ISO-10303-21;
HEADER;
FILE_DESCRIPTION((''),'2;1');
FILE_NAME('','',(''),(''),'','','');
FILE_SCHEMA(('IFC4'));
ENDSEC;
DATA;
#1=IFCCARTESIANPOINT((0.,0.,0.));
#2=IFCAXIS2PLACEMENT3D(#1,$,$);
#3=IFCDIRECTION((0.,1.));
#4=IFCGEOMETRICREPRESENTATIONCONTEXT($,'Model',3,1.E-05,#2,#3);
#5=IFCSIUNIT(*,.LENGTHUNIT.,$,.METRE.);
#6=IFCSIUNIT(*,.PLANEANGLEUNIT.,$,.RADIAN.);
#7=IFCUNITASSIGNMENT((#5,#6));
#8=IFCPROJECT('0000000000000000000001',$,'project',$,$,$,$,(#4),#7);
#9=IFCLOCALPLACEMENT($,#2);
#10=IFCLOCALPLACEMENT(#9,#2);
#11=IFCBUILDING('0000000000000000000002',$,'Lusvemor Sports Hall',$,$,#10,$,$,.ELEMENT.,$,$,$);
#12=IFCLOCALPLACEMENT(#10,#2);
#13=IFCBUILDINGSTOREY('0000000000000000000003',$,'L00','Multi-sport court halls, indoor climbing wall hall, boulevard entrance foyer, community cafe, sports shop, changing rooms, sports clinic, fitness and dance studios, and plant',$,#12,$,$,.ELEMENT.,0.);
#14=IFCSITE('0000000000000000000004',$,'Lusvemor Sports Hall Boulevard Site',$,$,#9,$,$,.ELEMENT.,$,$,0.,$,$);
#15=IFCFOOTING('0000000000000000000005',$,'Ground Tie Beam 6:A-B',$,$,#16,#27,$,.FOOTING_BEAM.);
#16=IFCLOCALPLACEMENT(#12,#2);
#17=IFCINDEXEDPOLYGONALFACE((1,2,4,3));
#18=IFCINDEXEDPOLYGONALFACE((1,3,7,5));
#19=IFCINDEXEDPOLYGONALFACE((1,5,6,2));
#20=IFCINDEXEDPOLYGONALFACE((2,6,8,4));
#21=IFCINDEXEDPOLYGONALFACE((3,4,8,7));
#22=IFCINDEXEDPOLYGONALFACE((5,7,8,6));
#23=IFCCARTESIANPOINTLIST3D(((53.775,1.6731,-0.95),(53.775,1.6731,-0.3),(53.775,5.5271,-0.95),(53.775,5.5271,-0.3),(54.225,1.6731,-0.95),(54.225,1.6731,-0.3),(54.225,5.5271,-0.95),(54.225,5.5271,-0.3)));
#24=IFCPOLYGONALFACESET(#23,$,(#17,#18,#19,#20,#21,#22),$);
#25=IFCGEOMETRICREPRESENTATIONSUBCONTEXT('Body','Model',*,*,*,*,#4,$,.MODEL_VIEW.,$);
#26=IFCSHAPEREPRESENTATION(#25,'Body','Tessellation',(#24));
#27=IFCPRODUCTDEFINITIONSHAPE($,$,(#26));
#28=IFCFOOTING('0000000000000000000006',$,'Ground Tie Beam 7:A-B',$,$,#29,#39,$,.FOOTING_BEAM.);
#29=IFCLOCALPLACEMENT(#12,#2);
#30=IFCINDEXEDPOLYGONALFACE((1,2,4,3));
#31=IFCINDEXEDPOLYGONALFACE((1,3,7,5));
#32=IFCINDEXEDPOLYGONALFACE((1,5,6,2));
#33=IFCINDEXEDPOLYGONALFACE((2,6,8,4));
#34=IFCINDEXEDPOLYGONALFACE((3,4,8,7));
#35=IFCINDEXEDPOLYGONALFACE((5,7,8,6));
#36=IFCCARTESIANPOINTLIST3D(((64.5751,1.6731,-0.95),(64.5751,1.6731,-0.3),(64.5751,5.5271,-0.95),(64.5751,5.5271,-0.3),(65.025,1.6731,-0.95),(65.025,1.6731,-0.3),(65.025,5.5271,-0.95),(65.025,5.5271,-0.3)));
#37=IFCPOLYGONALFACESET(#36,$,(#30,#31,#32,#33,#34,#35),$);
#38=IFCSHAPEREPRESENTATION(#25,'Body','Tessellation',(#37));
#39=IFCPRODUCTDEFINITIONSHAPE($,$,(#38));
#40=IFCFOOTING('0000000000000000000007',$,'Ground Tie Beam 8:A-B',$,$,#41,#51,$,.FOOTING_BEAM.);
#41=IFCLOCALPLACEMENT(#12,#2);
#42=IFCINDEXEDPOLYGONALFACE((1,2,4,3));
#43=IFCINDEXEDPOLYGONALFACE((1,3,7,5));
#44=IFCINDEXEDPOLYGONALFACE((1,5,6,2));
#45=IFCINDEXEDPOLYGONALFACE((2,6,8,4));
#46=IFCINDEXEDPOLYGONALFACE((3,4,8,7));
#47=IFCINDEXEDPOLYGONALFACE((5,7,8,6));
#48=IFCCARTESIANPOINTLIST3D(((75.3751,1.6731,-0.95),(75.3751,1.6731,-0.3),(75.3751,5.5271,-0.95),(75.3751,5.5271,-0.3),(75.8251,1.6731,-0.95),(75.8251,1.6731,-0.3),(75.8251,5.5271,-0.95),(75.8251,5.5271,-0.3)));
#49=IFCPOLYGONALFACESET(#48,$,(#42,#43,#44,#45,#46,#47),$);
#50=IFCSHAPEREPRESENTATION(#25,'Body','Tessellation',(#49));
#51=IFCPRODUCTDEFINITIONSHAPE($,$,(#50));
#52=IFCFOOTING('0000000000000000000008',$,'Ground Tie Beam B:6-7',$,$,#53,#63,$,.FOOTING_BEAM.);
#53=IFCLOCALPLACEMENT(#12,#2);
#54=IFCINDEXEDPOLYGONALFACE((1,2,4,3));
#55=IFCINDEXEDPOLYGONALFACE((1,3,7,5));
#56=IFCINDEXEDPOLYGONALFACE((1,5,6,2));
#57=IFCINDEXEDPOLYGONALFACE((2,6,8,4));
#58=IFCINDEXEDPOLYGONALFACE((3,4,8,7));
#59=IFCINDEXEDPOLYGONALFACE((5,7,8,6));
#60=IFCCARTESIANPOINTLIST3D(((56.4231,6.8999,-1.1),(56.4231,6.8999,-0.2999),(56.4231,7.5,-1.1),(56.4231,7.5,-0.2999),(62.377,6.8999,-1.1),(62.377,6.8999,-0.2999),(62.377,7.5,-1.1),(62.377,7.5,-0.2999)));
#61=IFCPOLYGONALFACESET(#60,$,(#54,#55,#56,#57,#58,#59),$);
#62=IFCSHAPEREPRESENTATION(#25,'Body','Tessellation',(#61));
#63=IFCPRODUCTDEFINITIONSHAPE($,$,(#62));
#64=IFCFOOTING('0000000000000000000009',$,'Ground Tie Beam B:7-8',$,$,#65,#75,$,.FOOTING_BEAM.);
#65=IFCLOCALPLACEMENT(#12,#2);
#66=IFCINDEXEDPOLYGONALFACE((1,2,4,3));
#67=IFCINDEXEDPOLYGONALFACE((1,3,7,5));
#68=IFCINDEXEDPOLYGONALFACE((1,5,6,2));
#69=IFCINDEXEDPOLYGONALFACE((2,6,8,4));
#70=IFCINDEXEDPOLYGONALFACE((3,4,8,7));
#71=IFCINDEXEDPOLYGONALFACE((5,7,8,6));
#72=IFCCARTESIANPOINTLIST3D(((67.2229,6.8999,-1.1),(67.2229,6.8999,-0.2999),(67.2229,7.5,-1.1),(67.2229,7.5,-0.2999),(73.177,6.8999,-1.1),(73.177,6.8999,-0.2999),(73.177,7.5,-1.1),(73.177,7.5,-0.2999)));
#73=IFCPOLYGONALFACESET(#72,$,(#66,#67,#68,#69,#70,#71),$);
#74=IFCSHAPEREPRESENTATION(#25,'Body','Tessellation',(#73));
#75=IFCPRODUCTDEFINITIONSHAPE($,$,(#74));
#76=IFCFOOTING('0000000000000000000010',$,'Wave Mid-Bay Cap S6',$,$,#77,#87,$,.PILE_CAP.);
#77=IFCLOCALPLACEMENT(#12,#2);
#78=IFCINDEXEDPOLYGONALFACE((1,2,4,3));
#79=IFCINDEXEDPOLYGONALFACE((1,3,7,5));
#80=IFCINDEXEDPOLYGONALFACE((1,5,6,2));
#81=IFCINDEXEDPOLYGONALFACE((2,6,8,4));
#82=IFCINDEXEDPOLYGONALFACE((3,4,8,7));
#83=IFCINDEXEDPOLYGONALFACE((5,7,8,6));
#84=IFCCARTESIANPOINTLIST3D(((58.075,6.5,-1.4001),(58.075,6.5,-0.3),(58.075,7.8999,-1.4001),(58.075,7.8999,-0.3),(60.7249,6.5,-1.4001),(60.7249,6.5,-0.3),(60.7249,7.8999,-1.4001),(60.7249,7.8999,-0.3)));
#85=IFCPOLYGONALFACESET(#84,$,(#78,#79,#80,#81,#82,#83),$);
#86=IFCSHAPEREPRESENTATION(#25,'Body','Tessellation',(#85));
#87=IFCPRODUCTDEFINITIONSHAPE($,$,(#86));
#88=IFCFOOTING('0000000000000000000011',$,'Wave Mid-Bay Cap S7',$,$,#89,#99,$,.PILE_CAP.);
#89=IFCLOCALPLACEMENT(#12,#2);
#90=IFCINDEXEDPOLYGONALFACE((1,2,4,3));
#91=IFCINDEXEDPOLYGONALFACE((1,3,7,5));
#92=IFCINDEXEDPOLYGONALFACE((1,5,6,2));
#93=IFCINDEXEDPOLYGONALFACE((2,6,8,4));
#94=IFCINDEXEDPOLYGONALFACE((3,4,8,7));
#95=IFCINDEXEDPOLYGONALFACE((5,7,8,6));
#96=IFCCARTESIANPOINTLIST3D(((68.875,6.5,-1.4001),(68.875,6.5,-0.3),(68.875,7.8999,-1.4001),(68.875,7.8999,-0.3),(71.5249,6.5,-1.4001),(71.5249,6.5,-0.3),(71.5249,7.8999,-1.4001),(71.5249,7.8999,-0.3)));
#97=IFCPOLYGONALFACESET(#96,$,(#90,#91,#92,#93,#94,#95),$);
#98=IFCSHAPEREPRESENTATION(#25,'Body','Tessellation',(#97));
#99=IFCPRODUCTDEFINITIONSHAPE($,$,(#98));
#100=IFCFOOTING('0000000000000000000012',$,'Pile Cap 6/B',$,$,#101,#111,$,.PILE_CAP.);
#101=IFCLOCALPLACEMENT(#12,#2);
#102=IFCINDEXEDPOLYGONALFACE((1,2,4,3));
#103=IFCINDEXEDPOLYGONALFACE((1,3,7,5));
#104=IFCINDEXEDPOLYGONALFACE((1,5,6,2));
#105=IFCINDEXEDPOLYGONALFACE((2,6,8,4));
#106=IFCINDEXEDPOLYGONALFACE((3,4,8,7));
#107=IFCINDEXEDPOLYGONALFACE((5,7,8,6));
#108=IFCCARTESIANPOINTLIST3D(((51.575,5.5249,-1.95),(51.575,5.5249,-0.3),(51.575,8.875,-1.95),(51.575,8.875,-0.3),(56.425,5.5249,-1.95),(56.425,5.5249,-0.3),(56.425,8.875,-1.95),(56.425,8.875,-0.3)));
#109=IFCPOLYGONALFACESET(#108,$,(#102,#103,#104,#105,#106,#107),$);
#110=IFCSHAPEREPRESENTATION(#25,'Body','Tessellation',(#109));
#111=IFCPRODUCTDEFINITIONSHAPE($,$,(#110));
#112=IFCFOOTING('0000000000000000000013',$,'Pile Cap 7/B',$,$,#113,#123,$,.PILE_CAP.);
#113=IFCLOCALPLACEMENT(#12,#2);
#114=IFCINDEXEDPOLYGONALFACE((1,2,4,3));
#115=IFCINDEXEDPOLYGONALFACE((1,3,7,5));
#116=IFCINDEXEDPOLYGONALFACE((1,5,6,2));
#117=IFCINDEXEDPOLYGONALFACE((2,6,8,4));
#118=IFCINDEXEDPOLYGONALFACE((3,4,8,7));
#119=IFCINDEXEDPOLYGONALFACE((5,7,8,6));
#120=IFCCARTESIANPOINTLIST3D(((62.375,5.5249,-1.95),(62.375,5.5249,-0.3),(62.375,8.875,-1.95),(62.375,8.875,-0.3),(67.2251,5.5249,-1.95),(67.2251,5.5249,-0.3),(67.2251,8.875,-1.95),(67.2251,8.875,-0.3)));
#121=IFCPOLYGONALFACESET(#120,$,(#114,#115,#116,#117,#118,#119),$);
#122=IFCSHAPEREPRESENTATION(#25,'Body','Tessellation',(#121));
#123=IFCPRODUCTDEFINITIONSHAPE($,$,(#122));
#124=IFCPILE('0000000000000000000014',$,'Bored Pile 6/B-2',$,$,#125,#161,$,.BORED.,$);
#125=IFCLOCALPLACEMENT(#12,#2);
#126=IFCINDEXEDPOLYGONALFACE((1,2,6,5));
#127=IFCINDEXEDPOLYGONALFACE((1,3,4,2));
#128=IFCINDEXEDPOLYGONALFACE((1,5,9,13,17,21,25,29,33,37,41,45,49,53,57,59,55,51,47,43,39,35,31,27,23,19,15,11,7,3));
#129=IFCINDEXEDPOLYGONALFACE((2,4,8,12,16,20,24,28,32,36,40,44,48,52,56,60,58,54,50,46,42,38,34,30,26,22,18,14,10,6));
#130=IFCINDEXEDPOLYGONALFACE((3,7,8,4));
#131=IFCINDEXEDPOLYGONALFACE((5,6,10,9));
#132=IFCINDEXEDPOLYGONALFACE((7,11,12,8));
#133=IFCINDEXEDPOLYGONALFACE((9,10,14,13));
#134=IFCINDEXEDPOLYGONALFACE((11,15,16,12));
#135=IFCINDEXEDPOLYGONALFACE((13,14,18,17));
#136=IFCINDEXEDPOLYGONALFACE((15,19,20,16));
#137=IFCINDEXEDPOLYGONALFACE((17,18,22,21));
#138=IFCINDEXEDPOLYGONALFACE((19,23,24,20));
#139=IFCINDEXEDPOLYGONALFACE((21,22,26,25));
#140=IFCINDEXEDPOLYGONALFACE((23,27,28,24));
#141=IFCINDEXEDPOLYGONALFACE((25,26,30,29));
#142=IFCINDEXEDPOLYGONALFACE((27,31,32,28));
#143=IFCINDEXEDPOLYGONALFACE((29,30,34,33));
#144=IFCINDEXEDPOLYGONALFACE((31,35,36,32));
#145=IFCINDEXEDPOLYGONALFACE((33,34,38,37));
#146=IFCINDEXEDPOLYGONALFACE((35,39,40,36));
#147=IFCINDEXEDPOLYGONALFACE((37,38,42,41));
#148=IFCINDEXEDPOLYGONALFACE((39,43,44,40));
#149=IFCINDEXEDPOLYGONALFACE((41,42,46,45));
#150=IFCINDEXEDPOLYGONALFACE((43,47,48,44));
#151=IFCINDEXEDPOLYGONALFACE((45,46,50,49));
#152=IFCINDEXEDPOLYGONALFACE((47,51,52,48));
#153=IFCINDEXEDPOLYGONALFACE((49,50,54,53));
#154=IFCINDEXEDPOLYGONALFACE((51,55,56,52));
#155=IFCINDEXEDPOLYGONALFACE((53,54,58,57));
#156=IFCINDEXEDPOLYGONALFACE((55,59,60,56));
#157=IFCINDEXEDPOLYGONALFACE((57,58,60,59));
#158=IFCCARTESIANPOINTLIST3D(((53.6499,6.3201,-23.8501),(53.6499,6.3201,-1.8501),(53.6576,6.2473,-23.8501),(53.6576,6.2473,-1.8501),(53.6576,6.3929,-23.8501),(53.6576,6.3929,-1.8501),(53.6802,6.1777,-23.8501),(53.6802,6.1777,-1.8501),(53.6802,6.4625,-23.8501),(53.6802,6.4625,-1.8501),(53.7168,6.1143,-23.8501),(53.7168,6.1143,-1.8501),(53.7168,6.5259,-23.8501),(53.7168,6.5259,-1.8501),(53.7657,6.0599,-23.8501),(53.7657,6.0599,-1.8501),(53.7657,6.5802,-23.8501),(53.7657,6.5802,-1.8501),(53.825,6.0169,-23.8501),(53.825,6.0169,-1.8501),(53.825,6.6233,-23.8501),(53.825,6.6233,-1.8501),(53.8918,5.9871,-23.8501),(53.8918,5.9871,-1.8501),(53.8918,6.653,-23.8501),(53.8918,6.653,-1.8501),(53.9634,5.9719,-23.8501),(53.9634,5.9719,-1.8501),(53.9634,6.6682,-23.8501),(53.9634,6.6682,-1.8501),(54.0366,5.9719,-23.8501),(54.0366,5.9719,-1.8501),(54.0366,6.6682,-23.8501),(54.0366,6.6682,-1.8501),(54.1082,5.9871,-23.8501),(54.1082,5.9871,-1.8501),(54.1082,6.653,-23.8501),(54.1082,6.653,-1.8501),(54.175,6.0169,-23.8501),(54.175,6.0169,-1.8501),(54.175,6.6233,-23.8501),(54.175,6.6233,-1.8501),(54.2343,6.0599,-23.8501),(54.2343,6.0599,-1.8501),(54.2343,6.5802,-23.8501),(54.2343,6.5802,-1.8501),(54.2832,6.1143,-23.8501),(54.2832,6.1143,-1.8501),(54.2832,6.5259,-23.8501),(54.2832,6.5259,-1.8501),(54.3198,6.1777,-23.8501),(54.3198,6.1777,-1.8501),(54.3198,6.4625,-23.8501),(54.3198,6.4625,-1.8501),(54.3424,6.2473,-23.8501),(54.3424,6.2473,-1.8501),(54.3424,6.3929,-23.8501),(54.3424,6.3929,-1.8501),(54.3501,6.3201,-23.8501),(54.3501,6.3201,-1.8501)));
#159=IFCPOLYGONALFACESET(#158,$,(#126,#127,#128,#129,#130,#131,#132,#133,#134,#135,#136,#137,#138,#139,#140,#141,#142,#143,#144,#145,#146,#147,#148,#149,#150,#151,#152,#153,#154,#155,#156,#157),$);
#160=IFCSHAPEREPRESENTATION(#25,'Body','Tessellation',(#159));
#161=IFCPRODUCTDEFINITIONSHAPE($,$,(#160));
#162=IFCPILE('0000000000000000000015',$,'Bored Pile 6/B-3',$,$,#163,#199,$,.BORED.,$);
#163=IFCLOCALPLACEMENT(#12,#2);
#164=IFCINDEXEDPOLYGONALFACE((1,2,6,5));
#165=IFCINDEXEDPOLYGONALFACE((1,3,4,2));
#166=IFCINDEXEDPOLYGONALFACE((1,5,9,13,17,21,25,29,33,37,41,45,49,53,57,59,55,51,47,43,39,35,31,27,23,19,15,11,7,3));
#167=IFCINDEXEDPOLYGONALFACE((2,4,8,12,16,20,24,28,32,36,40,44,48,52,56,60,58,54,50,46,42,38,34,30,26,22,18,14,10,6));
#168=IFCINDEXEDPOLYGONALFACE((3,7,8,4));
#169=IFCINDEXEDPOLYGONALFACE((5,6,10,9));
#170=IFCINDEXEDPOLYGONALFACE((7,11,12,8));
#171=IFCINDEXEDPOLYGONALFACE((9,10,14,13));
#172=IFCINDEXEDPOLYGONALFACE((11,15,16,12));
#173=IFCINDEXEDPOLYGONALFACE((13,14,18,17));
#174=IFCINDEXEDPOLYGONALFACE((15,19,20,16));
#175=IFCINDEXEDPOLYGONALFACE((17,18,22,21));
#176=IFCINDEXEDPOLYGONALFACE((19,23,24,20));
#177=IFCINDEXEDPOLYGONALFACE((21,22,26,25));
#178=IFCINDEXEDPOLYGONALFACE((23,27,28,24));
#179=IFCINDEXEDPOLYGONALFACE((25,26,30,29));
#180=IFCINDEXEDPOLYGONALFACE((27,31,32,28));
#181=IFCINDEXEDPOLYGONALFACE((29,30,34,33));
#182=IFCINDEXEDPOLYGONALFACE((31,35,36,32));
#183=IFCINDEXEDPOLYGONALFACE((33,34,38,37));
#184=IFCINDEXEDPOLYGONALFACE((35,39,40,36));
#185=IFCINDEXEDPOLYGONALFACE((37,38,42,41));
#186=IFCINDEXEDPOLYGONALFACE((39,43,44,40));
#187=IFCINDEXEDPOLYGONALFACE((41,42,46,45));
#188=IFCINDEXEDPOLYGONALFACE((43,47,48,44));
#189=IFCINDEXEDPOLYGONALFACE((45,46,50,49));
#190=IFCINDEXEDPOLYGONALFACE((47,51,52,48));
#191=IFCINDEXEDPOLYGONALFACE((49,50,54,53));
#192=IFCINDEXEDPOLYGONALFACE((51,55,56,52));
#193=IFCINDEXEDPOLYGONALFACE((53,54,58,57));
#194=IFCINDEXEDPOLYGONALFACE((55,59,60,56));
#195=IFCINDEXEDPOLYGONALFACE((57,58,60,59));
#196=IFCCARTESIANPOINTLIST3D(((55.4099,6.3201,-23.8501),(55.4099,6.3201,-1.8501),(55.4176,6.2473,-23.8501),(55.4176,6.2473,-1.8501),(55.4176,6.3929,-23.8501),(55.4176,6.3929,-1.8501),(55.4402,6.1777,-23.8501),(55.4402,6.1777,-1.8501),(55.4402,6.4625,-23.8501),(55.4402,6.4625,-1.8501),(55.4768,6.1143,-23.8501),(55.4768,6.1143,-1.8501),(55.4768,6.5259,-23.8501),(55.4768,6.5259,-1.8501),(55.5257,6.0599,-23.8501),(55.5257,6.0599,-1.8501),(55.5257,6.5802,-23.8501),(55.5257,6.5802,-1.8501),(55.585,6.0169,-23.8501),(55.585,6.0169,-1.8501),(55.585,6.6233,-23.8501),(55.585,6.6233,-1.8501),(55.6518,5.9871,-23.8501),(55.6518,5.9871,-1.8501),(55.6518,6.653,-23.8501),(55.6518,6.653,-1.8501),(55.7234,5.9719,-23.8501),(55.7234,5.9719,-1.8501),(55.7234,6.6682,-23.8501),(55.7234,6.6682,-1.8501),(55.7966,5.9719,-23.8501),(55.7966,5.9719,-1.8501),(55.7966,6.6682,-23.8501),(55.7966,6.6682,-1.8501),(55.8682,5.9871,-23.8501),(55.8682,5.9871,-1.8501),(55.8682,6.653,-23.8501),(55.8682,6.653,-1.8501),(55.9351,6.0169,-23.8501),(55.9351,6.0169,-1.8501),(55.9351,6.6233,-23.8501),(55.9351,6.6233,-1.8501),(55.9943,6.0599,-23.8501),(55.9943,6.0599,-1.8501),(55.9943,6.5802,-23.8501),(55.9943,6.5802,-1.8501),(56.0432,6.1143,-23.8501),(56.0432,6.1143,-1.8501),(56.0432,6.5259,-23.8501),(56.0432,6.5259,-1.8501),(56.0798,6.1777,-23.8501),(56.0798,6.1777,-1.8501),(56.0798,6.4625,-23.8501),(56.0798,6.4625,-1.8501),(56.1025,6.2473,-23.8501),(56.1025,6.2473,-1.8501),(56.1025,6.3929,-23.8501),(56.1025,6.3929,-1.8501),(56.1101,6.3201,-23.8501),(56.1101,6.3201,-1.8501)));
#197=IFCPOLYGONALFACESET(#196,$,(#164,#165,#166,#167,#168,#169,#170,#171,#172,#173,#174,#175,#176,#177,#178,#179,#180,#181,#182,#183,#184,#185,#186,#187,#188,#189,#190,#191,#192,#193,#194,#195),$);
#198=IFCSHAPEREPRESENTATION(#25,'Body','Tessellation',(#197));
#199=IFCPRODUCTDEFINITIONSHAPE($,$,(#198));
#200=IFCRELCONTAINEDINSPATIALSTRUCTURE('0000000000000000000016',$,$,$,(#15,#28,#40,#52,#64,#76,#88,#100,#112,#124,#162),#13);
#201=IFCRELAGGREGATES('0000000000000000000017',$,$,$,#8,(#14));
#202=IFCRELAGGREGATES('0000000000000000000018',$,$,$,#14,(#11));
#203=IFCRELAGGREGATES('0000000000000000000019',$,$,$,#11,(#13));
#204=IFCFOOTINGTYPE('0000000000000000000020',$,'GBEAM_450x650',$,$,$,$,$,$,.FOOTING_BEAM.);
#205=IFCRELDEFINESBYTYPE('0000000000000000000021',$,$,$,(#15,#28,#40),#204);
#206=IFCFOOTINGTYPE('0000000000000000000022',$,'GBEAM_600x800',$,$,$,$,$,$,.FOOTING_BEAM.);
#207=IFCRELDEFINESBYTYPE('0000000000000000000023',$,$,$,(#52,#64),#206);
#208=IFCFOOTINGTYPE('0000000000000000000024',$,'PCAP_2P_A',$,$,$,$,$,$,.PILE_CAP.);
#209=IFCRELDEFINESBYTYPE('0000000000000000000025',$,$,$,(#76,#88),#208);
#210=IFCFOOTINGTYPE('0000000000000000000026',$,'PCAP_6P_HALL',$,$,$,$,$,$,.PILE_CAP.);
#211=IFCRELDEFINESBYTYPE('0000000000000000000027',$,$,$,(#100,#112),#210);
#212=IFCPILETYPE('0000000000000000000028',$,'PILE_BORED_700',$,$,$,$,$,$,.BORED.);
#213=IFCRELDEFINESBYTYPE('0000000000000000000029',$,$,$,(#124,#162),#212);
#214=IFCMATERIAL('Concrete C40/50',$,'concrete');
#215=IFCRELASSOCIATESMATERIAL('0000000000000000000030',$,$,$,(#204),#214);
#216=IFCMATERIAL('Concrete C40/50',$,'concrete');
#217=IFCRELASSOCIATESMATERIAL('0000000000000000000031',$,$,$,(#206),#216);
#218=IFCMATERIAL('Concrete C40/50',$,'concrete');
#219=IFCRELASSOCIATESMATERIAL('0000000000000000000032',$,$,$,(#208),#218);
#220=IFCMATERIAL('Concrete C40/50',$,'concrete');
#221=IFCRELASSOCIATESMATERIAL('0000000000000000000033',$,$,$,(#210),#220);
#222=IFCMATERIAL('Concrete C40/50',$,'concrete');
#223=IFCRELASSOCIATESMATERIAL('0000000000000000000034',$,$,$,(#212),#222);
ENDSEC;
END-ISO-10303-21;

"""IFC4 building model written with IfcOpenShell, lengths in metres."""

from ifc_helpers import new_model, si_unit, direction, frame, origin, origin_2d, place, context, subcontext, project, spatial, rectangle, circle, extrude, material, material_profile, profile_set, type_object, element, save


model = new_model("IFC4")

# Units and contexts
model_context = context("Model", 3, precision=1e-05, world=origin(), true_north=direction((0.0, 1.0)))
body_context = subcontext(model_context, "Body", "Model", "MODEL_VIEW")
ifc_project = project(units=[si_unit("LENGTHUNIT", "METRE"), si_unit("PLANEANGLEUNIT", "RADIAN")], contexts=[model_context])

# Site, building, storey
site_placement = place(None, origin())
site = spatial("IfcSite", under=ifc_project, at=site_placement, Name="Lusvemor Sports Hall Boulevard Site", CompositionType="ELEMENT", RefElevation=0.0)
building_placement = place(site_placement, origin())
building = spatial("IfcBuilding", under=site, at=building_placement, Name="Lusvemor Sports Hall", CompositionType="ELEMENT")
storey_placement = place(building_placement, origin())
storey = spatial("IfcBuildingStorey", under=building, at=storey_placement, Name="L00", Description="Multi-sport court halls, indoor climbing wall hall, boulevard entrance foyer, community cafe, sports shop, changing rooms, sports clinic, fitness and dance studios, and plant", CompositionType="ELEMENT", Elevation=0.0)

# Footings
ifc_material_1 = material(Name="Concrete C40/50", Category="concrete")
ifc_material_profile_1 = material_profile(ifc_material_1, rectangle(XDim=0.45, YDim=0.6499, at=origin_2d()), Name="GB_450x650")
ifc_profile_set_1 = profile_set([ifc_material_profile_1], Name="Concrete C40/50")
footing_type_1 = type_object("IfcFootingType", Name="GBEAM_450x650", PredefinedType="FOOTING_BEAM", material=ifc_profile_set_1)
for number, where, z_axis, x_axis, name in (
    (1, (54.0, 1.6731, -0.625), (0.0, 1.0, 0.0), (-1.0, 0.0, 0.0), "Ground Tie Beam 6:A-B"),
    (2, (64.8, 1.6731, -0.625), (0.0, 1.0, 0.0), (-1.0, 0.0, 0.0), "Ground Tie Beam 7:A-B"),
    (3, (75.6001, 1.6731, -0.625), (0.0, 1.0, 0.0), (-1.0, 0.0, 0.0), "Ground Tie Beam 8:A-B"),
):
    element("IfcFooting", number, at=place(storey_placement, frame(where, z_axis=z_axis, x_axis=x_axis)), inside=storey, type_object=footing_type_1, Name=name, PredefinedType="FOOTING_BEAM", context=body_context, shape_type="SweptSolid", body=[
        extrude(rectangle(XDim=0.45, YDim=0.6499, at=origin_2d()), origin(), (0.0, 0.0, 1.0), 3.854),
    ])
ifc_material_2 = material(Name="Concrete C40/50", Category="concrete")
ifc_material_profile_2 = material_profile(ifc_material_2, rectangle(XDim=0.6001, YDim=0.8, at=origin_2d()), Name="GB_600x800")
ifc_profile_set_2 = profile_set([ifc_material_profile_2], Name="Concrete C40/50")
footing_type_2 = type_object("IfcFootingType", Name="GBEAM_600x800", PredefinedType="FOOTING_BEAM", material=ifc_profile_set_2)
footing_1_placement = place(storey_placement, frame((56.4231, 7.2, -0.7), z_axis=(1.0, 0.0, 0.0), x_axis=(0.0, 1.0, 0.0)))
element("IfcFooting", 4, at=footing_1_placement, inside=storey, type_object=footing_type_2, Name="Ground Tie Beam B:6-7", PredefinedType="FOOTING_BEAM", context=body_context, shape_type="SweptSolid", body=[
    extrude(rectangle(XDim=0.6001, YDim=0.8, at=origin_2d()), origin(), (0.0, 0.0, 1.0), 5.9539),
])
footing_2_placement = place(storey_placement, frame((67.2229, 7.2, -0.7), z_axis=(1.0, 0.0, 0.0), x_axis=(0.0, 1.0, 0.0)))
element("IfcFooting", 5, at=footing_2_placement, inside=storey, type_object=footing_type_2, Name="Ground Tie Beam B:7-8", PredefinedType="FOOTING_BEAM", context=body_context, shape_type="SweptSolid", body=[
    extrude(rectangle(XDim=0.6001, YDim=0.8, at=origin_2d()), origin(), (0.0, 0.0, 1.0), 5.9541),
])
ifc_material_3 = material(Name="Concrete C40/50", Category="concrete")
footing_type_3 = type_object("IfcFootingType", Name="PCAP_2P_A", PredefinedType="PILE_CAP", material=ifc_material_3)
for number, where, z_axis, x_axis, name in (
    (6, (59.3999, 7.2, -1.4001), (0.0, 0.0, 1.0), (1.0, 0.0, 0.0), "Wave Mid-Bay Cap S6"),
    (7, (70.2, 7.2, -1.4001), (0.0, 0.0, 1.0), (1.0, 0.0, 0.0), "Wave Mid-Bay Cap S7"),
):
    element("IfcFooting", number, at=place(storey_placement, frame(where, z_axis=z_axis, x_axis=x_axis)), inside=storey, type_object=footing_type_3, Name=name, PredefinedType="PILE_CAP", context=body_context, shape_type="SweptSolid", body=[
        extrude(rectangle(XDim=2.6499, YDim=1.3999, at=origin_2d()), origin(), (0.0, 0.0, 1.0), 1.1001),
    ])
ifc_material_4 = material(Name="Concrete C40/50", Category="concrete")
footing_type_4 = type_object("IfcFootingType", Name="PCAP_6P_HALL", PredefinedType="PILE_CAP", material=ifc_material_4)
for number, where, z_axis, x_axis, name in (
    (8, (54.0, 7.2, -1.95), (0.0, 0.0, 1.0), (1.0, 0.0, 0.0), "Pile Cap 6/B"),
    (9, (64.8, 7.2, -1.95), (0.0, 0.0, 1.0), (1.0, 0.0, 0.0), "Pile Cap 7/B"),
):
    element("IfcFooting", number, at=place(storey_placement, frame(where, z_axis=z_axis, x_axis=x_axis)), inside=storey, type_object=footing_type_4, Name=name, PredefinedType="PILE_CAP", context=body_context, shape_type="SweptSolid", body=[
        extrude(rectangle(XDim=4.8501, YDim=3.3501, at=origin_2d()), origin(), (0.0, 0.0, 1.0), 1.6499),
    ])

# Piles
ifc_material_5 = material(Name="Concrete C40/50", Category="concrete")
ifc_material_profile_3 = material_profile(ifc_material_5, circle(Radius=0.3501, at=origin_2d()), Name="PILE700")
ifc_profile_set_3 = profile_set([ifc_material_profile_3], Name="Concrete C40/50")
pile_type = type_object("IfcPileType", Name="PILE_BORED_700", PredefinedType="BORED", material=ifc_profile_set_3)
for number, where, z_axis, x_axis, name in (
    (10, (54.0, 6.3201, -1.8501), (0.0, 0.0, -1.0), (1.0, 0.0, 0.0), "Bored Pile 6/B-2"),
    (11, (55.76, 6.3201, -1.8501), (0.0, 0.0, -1.0), (1.0, 0.0, 0.0), "Bored Pile 6/B-3"),
):
    element("IfcPile", number, at=place(storey_placement, frame(where, z_axis=z_axis, x_axis=x_axis)), inside=storey, type_object=pile_type, Name=name, PredefinedType="BORED", context=body_context, shape_type="SweptSolid", body=[
        extrude(circle(Radius=0.3501, at=origin_2d()), origin(), (0.0, 0.0, 1.0), 22.0),
    ])

save(model, "model.ifc")
